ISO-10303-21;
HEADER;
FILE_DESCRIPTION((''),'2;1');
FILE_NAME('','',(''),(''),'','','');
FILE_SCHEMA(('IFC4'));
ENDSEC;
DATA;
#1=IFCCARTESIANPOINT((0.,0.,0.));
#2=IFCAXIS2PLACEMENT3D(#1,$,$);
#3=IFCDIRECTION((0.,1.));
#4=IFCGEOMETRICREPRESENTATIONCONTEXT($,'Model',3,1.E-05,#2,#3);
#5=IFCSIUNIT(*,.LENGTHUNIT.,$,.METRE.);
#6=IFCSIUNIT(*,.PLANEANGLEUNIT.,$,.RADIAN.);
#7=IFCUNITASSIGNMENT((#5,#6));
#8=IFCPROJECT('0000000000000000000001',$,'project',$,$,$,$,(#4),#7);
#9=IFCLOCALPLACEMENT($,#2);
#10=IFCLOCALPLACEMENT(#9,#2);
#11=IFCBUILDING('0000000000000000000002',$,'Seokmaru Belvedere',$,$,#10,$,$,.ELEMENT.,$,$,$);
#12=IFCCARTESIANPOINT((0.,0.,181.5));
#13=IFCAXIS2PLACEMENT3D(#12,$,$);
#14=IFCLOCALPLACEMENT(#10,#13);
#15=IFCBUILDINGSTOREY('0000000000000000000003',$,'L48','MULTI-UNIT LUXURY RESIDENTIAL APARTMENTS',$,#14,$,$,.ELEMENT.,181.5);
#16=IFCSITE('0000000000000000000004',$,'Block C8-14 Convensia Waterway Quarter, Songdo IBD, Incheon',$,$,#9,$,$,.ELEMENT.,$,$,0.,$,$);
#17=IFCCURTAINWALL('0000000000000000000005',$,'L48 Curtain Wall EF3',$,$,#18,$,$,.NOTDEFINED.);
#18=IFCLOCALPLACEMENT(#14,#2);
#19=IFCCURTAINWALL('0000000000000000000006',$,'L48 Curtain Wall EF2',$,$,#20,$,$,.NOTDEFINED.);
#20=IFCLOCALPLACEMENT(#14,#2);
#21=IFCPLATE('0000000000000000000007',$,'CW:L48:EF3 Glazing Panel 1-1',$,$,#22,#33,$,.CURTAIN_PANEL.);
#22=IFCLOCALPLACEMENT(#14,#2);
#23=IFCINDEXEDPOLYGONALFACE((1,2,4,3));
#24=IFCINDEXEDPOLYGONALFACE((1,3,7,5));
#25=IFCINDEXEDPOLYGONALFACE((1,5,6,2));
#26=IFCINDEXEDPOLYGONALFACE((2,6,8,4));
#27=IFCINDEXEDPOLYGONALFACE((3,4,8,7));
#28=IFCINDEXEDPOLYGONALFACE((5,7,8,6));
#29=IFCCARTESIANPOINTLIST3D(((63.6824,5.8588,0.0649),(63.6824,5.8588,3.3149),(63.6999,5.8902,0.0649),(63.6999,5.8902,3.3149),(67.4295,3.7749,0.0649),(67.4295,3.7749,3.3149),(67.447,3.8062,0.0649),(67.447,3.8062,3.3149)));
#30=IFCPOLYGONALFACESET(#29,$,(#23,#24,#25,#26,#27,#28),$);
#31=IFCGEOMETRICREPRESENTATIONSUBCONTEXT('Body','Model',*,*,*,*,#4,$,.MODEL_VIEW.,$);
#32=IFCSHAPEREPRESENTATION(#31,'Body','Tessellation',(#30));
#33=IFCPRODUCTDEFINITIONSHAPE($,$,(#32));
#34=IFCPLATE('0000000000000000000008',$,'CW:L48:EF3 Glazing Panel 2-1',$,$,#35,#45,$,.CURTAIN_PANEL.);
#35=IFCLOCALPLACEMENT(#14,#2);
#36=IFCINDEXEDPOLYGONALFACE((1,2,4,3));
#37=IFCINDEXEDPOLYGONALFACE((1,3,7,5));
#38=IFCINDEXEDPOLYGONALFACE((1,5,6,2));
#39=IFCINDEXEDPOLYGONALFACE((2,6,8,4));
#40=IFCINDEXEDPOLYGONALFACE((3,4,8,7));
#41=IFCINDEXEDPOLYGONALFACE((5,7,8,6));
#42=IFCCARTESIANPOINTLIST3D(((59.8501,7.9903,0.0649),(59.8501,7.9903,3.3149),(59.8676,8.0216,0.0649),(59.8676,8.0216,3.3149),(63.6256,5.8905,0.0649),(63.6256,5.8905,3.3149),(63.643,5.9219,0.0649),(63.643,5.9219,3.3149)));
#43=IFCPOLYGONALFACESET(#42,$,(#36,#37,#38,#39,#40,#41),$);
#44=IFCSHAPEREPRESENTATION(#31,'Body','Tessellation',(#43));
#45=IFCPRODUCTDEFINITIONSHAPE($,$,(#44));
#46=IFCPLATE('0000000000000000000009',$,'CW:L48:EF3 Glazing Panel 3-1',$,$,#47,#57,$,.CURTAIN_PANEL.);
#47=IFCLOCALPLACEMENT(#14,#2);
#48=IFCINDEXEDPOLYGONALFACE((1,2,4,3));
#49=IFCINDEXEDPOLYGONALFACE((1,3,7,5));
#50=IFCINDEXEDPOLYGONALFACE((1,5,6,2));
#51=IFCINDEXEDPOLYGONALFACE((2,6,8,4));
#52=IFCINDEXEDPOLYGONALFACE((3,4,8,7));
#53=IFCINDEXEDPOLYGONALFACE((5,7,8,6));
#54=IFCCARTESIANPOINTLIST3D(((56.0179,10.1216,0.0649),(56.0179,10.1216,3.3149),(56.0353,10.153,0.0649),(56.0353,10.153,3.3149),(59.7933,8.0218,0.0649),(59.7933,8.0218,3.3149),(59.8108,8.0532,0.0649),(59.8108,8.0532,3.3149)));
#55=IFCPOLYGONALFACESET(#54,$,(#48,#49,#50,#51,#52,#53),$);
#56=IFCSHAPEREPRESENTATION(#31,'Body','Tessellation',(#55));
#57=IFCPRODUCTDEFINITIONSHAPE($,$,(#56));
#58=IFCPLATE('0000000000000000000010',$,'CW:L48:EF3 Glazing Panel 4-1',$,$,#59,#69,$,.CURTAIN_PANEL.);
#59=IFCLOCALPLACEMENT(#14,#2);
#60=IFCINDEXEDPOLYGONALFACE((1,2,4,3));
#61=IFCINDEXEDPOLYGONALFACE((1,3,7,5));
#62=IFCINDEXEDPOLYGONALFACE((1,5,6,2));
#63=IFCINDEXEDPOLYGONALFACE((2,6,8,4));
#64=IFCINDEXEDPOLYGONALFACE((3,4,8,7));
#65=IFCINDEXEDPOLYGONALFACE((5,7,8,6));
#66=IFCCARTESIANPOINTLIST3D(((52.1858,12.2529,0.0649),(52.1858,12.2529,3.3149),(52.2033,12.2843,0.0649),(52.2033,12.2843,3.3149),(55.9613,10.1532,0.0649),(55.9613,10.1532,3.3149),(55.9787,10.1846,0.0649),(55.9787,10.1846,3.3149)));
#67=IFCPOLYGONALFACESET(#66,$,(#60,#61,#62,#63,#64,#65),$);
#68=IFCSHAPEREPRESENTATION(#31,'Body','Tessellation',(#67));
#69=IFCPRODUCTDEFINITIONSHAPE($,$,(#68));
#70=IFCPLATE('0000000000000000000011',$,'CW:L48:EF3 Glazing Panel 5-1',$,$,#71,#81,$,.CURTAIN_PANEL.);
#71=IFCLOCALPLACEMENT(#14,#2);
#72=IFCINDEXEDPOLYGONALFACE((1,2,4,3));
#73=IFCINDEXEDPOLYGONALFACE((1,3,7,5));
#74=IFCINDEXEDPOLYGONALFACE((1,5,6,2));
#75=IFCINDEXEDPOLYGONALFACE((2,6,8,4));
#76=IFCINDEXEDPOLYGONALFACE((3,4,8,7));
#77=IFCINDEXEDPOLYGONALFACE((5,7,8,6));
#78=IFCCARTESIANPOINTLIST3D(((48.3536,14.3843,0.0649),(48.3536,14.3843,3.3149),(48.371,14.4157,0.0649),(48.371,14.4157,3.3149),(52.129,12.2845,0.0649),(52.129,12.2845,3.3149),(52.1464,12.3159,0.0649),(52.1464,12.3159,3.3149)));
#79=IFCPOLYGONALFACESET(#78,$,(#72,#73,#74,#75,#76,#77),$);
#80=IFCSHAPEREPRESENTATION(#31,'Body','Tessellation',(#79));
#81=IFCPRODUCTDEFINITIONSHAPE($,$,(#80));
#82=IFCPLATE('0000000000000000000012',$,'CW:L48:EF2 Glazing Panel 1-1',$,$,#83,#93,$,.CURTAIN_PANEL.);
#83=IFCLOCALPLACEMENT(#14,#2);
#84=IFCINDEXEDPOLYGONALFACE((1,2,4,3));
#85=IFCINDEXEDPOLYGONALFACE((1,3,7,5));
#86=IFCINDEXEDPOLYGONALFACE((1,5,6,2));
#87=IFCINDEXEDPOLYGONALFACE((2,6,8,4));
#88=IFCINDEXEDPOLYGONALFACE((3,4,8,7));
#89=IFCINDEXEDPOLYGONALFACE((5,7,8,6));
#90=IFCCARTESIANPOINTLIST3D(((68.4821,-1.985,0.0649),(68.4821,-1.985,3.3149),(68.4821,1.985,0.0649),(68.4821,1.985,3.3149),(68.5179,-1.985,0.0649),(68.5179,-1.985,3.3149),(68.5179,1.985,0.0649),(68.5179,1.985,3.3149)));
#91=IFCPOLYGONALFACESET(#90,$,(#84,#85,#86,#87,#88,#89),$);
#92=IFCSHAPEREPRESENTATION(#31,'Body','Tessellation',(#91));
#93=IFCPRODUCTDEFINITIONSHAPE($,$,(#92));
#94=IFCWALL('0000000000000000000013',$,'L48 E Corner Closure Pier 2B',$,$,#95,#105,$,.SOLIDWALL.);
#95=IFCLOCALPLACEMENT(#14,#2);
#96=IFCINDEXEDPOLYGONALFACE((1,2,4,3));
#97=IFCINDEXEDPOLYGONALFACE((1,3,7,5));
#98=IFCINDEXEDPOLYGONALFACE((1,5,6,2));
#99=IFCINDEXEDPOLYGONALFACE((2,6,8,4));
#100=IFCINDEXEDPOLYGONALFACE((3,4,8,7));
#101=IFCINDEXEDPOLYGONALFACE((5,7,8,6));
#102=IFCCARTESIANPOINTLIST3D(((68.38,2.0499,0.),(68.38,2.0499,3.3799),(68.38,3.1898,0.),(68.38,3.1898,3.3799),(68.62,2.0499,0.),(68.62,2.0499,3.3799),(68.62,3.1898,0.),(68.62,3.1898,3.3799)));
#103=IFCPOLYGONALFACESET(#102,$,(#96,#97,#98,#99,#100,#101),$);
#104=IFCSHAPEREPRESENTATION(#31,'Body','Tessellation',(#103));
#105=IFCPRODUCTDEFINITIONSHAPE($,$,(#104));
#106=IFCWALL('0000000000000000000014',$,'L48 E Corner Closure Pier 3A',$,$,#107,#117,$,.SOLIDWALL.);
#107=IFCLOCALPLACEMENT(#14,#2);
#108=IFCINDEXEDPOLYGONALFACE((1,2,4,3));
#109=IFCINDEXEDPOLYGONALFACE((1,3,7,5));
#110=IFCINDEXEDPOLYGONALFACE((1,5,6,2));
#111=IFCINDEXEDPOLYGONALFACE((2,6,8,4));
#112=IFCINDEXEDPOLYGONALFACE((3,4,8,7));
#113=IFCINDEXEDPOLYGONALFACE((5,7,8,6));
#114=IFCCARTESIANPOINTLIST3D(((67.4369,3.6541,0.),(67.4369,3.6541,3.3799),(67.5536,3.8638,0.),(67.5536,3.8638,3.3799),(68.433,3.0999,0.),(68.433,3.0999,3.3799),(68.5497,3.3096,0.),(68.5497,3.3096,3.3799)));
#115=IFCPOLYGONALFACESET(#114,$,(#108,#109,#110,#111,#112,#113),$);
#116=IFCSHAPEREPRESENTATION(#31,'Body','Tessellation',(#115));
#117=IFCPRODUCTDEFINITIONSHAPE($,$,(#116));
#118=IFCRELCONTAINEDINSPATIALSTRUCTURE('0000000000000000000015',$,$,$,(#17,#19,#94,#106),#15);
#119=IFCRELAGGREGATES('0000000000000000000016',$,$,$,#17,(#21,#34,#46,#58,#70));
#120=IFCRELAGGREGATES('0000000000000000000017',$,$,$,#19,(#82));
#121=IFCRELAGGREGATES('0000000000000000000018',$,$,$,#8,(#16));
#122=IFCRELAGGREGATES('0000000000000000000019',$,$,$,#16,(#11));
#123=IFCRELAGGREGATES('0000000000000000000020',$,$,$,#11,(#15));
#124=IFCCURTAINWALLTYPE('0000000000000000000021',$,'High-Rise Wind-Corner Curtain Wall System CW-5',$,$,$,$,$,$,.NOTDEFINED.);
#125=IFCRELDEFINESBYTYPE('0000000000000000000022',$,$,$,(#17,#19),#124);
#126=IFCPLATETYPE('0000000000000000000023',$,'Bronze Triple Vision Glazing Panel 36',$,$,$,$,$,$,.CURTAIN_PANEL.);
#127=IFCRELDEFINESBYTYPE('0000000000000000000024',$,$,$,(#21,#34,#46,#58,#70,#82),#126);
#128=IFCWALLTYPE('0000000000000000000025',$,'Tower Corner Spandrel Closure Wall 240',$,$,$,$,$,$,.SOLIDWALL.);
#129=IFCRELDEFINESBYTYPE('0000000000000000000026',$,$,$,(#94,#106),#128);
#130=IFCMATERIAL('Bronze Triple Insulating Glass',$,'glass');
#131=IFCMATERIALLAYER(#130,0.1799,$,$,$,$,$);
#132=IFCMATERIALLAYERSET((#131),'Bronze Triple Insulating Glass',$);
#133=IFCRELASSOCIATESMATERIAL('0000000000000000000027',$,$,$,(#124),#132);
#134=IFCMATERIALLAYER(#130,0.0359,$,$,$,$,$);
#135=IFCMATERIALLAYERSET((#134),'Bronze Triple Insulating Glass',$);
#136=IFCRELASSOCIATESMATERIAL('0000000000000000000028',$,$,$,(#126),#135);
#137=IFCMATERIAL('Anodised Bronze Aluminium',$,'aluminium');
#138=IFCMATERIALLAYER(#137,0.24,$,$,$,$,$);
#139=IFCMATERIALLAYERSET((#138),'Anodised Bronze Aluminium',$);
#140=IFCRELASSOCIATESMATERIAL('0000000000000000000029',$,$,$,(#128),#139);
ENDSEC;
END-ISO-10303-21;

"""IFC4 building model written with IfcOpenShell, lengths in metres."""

from ifc_helpers import new_model, si_unit, direction, frame, frame_2d, origin, origin_2d, place, context, subcontext, project, spatial, rectangle, extrude, source, transform, mapped, material, layer, layer_set, type_object, type_shapes, element, aggregate, save


model = new_model("IFC4")

# Units and contexts
model_context = context("Model", 3, precision=1e-05, world=origin(), true_north=direction((0.0, 1.0)))
body_context = subcontext(model_context, "Body", "Model", "MODEL_VIEW")
ifc_project = project(units=[si_unit("LENGTHUNIT", "METRE"), si_unit("PLANEANGLEUNIT", "RADIAN")], contexts=[model_context])

# Site, building, storey
site_placement = place(None, origin())
site = spatial("IfcSite", under=ifc_project, at=site_placement, Name="Block C8-14 Convensia Waterway Quarter, Songdo IBD, Incheon", CompositionType="ELEMENT", RefElevation=0.0)
building_placement = place(site_placement, origin())
building = spatial("IfcBuilding", under=site, at=building_placement, Name="Seokmaru Belvedere", CompositionType="ELEMENT")
storey_placement = place(building_placement, frame((0.0, 0.0, 181.5)))
storey = spatial("IfcBuildingStorey", under=building, at=storey_placement, Name="L48", Description="MULTI-UNIT LUXURY RESIDENTIAL APARTMENTS", CompositionType="ELEMENT", Elevation=181.5)

# Curtain walls
ifc_material_1 = material(Name="Bronze Triple Insulating Glass", Category="glass")
ifc_layer_1 = layer(ifc_material_1, 0.1799)
ifc_layer_set_1 = layer_set([ifc_layer_1], Name="Bronze Triple Insulating Glass")
curtain_wall_type = type_object("IfcCurtainWallType", Name="High-Rise Wind-Corner Curtain Wall System CW-5", PredefinedType="NOTDEFINED", material=ifc_layer_set_1)
curtain_wall_1_placement = place(storey_placement, origin())
curtain_wall_1 = element("IfcCurtainWall", 1, at=curtain_wall_1_placement, inside=storey, type_object=curtain_wall_type, Name="L48 Curtain Wall EF3", PredefinedType="NOTDEFINED")
ifc_material_2 = material(Name="Anodised Bronze Aluminium", Category="aluminium")
curtain_wall_2_placement = place(storey_placement, origin())
curtain_wall_2 = element("IfcCurtainWall", 2, at=curtain_wall_2_placement, inside=storey, type_object=curtain_wall_type, Name="L48 Curtain Wall EF2", PredefinedType="NOTDEFINED")

# Plates
ifc_layer_2 = layer(ifc_material_1, 0.0359)
ifc_layer_set_2 = layer_set([ifc_layer_2], Name="Bronze Triple Insulating Glass")
plate_type = type_object("IfcPlateType", Name="Bronze Triple Vision Glazing Panel 36", PredefinedType="CURTAIN_PANEL", material=ifc_layer_set_2)
shared_shape_1 = source(origin(), body_context, "Body", "SweptSolid", [
    extrude(rectangle(XDim=4.2876, YDim=0.0359, at=origin_2d()), origin(), (0.0, 0.0, 1.0), 3.25),
])
plate_1_placement = place(storey_placement, frame((65.5647, 4.8325, 0.0649), z_axis=(0.0, 0.0, 1.0), x_axis=(-0.873933, 0.486047, 0.0)))
plate_1 = element("IfcPlate", 3, at=plate_1_placement, type_object=plate_type, Name="CW:L48:EF3 Glazing Panel 1-1", PredefinedType="CURTAIN_PANEL", context=body_context, shape_type="MappedRepresentation", body=[
    mapped(shared_shape_1, transform((0.0, 0.0, 0.0), scale=1.0)),
])
shared_shape_2 = source(origin(), body_context, "Body", "SweptSolid", [
    extrude(rectangle(XDim=4.3201, YDim=0.0359, at=origin_2d()), origin(), (0.0, 0.0, 1.0), 3.25),
])
plate_2_placement = place(storey_placement, frame((61.7466, 6.9561, 0.0649), z_axis=(0.0, 0.0, 1.0), x_axis=(-0.873933, 0.486047, 0.0)))
plate_2 = element("IfcPlate", 4, at=plate_2_placement, type_object=plate_type, Name="CW:L48:EF3 Glazing Panel 2-1", PredefinedType="CURTAIN_PANEL", context=body_context, shape_type="MappedRepresentation", body=[
    mapped(shared_shape_2, transform((0.0, 0.0, 0.0), scale=1.0)),
])
plate_3_placement = place(storey_placement, frame((57.9143, 9.0874, 0.0649), z_axis=(0.0, 0.0, 1.0), x_axis=(-0.873933, 0.486047, 0.0)))
plate_3 = element("IfcPlate", 5, at=plate_3_placement, type_object=plate_type, Name="CW:L48:EF3 Glazing Panel 3-1", PredefinedType="CURTAIN_PANEL", context=body_context, shape_type="MappedRepresentation", body=[
    mapped(shared_shape_2, transform((0.0, 0.0, 0.0), scale=1.0)),
])
plate_4_placement = place(storey_placement, frame((54.0823, 11.2188, 0.0649), z_axis=(0.0, 0.0, 1.0), x_axis=(-0.873933, 0.486047, 0.0)))
plate_4 = element("IfcPlate", 6, at=plate_4_placement, type_object=plate_type, Name="CW:L48:EF3 Glazing Panel 4-1", PredefinedType="CURTAIN_PANEL", context=body_context, shape_type="MappedRepresentation", body=[
    mapped(shared_shape_2, transform((0.0, 0.0, 0.0), scale=1.0)),
])
plate_5_placement = place(storey_placement, frame((50.25, 13.3501, 0.0649), z_axis=(0.0, 0.0, 1.0), x_axis=(-0.873933, 0.486047, 0.0)))
plate_5 = element("IfcPlate", 7, at=plate_5_placement, type_object=plate_type, Name="CW:L48:EF3 Glazing Panel 5-1", PredefinedType="CURTAIN_PANEL", context=body_context, shape_type="MappedRepresentation", body=[
    mapped(shared_shape_2, transform((0.0, 0.0, 0.0), scale=1.0)),
])
aggregate(curtain_wall_1, [plate_1, plate_2, plate_3, plate_4, plate_5])
shared_shape_3 = source(origin(), body_context, "Body", "SweptSolid", [
    extrude(rectangle(XDim=3.97, YDim=0.0359, at=origin_2d()), origin(), (0.0, 0.0, 1.0), 3.25),
])
type_shapes(plate_type, [shared_shape_1, shared_shape_2, shared_shape_3])
plate_6_placement = place(storey_placement, frame((68.5, 0.0, 0.0649), z_axis=(0.0, 0.0, 1.0), x_axis=(0.0, 1.0, 0.0)))
plate_6 = element("IfcPlate", 8, at=plate_6_placement, type_object=plate_type, Name="CW:L48:EF2 Glazing Panel 1-1", PredefinedType="CURTAIN_PANEL", context=body_context, shape_type="MappedRepresentation", body=[
    mapped(shared_shape_3, transform((0.0, 0.0, 0.0), scale=1.0)),
])
aggregate(curtain_wall_2, [plate_6])

# Walls
ifc_layer_3 = layer(ifc_material_2, 0.24)
ifc_layer_set_3 = layer_set([ifc_layer_3], Name="Anodised Bronze Aluminium")
wall_type = type_object("IfcWallType", Name="Tower Corner Spandrel Closure Wall 240", PredefinedType="SOLIDWALL", material=ifc_layer_set_3)
for number, where, z_axis, x_axis, name in (
    (9, (68.5, 2.05, 0.0), (0.0, 0.0, 1.0), (0.0, 1.0, 0.0), "L48 E Corner Closure Pier 2B"),
    (10, (68.4912, 3.2048, 0.0), (0.0, 0.0, 1.0), (-0.873854, 0.486188, 0.0), "L48 E Corner Closure Pier 3A"),
):
    element("IfcWall", number, at=place(storey_placement, frame(where, z_axis=z_axis, x_axis=x_axis)), inside=storey, type_object=wall_type, Name=name, PredefinedType="SOLIDWALL", context=body_context, shape_type="SweptSolid", body=[
        extrude(rectangle(XDim=1.1399, YDim=0.24, at=frame_2d((0.5698, 0.0))), origin(), (0.0, 0.0, 1.0), 3.3799),
    ])

save(model, "model.ifc")
